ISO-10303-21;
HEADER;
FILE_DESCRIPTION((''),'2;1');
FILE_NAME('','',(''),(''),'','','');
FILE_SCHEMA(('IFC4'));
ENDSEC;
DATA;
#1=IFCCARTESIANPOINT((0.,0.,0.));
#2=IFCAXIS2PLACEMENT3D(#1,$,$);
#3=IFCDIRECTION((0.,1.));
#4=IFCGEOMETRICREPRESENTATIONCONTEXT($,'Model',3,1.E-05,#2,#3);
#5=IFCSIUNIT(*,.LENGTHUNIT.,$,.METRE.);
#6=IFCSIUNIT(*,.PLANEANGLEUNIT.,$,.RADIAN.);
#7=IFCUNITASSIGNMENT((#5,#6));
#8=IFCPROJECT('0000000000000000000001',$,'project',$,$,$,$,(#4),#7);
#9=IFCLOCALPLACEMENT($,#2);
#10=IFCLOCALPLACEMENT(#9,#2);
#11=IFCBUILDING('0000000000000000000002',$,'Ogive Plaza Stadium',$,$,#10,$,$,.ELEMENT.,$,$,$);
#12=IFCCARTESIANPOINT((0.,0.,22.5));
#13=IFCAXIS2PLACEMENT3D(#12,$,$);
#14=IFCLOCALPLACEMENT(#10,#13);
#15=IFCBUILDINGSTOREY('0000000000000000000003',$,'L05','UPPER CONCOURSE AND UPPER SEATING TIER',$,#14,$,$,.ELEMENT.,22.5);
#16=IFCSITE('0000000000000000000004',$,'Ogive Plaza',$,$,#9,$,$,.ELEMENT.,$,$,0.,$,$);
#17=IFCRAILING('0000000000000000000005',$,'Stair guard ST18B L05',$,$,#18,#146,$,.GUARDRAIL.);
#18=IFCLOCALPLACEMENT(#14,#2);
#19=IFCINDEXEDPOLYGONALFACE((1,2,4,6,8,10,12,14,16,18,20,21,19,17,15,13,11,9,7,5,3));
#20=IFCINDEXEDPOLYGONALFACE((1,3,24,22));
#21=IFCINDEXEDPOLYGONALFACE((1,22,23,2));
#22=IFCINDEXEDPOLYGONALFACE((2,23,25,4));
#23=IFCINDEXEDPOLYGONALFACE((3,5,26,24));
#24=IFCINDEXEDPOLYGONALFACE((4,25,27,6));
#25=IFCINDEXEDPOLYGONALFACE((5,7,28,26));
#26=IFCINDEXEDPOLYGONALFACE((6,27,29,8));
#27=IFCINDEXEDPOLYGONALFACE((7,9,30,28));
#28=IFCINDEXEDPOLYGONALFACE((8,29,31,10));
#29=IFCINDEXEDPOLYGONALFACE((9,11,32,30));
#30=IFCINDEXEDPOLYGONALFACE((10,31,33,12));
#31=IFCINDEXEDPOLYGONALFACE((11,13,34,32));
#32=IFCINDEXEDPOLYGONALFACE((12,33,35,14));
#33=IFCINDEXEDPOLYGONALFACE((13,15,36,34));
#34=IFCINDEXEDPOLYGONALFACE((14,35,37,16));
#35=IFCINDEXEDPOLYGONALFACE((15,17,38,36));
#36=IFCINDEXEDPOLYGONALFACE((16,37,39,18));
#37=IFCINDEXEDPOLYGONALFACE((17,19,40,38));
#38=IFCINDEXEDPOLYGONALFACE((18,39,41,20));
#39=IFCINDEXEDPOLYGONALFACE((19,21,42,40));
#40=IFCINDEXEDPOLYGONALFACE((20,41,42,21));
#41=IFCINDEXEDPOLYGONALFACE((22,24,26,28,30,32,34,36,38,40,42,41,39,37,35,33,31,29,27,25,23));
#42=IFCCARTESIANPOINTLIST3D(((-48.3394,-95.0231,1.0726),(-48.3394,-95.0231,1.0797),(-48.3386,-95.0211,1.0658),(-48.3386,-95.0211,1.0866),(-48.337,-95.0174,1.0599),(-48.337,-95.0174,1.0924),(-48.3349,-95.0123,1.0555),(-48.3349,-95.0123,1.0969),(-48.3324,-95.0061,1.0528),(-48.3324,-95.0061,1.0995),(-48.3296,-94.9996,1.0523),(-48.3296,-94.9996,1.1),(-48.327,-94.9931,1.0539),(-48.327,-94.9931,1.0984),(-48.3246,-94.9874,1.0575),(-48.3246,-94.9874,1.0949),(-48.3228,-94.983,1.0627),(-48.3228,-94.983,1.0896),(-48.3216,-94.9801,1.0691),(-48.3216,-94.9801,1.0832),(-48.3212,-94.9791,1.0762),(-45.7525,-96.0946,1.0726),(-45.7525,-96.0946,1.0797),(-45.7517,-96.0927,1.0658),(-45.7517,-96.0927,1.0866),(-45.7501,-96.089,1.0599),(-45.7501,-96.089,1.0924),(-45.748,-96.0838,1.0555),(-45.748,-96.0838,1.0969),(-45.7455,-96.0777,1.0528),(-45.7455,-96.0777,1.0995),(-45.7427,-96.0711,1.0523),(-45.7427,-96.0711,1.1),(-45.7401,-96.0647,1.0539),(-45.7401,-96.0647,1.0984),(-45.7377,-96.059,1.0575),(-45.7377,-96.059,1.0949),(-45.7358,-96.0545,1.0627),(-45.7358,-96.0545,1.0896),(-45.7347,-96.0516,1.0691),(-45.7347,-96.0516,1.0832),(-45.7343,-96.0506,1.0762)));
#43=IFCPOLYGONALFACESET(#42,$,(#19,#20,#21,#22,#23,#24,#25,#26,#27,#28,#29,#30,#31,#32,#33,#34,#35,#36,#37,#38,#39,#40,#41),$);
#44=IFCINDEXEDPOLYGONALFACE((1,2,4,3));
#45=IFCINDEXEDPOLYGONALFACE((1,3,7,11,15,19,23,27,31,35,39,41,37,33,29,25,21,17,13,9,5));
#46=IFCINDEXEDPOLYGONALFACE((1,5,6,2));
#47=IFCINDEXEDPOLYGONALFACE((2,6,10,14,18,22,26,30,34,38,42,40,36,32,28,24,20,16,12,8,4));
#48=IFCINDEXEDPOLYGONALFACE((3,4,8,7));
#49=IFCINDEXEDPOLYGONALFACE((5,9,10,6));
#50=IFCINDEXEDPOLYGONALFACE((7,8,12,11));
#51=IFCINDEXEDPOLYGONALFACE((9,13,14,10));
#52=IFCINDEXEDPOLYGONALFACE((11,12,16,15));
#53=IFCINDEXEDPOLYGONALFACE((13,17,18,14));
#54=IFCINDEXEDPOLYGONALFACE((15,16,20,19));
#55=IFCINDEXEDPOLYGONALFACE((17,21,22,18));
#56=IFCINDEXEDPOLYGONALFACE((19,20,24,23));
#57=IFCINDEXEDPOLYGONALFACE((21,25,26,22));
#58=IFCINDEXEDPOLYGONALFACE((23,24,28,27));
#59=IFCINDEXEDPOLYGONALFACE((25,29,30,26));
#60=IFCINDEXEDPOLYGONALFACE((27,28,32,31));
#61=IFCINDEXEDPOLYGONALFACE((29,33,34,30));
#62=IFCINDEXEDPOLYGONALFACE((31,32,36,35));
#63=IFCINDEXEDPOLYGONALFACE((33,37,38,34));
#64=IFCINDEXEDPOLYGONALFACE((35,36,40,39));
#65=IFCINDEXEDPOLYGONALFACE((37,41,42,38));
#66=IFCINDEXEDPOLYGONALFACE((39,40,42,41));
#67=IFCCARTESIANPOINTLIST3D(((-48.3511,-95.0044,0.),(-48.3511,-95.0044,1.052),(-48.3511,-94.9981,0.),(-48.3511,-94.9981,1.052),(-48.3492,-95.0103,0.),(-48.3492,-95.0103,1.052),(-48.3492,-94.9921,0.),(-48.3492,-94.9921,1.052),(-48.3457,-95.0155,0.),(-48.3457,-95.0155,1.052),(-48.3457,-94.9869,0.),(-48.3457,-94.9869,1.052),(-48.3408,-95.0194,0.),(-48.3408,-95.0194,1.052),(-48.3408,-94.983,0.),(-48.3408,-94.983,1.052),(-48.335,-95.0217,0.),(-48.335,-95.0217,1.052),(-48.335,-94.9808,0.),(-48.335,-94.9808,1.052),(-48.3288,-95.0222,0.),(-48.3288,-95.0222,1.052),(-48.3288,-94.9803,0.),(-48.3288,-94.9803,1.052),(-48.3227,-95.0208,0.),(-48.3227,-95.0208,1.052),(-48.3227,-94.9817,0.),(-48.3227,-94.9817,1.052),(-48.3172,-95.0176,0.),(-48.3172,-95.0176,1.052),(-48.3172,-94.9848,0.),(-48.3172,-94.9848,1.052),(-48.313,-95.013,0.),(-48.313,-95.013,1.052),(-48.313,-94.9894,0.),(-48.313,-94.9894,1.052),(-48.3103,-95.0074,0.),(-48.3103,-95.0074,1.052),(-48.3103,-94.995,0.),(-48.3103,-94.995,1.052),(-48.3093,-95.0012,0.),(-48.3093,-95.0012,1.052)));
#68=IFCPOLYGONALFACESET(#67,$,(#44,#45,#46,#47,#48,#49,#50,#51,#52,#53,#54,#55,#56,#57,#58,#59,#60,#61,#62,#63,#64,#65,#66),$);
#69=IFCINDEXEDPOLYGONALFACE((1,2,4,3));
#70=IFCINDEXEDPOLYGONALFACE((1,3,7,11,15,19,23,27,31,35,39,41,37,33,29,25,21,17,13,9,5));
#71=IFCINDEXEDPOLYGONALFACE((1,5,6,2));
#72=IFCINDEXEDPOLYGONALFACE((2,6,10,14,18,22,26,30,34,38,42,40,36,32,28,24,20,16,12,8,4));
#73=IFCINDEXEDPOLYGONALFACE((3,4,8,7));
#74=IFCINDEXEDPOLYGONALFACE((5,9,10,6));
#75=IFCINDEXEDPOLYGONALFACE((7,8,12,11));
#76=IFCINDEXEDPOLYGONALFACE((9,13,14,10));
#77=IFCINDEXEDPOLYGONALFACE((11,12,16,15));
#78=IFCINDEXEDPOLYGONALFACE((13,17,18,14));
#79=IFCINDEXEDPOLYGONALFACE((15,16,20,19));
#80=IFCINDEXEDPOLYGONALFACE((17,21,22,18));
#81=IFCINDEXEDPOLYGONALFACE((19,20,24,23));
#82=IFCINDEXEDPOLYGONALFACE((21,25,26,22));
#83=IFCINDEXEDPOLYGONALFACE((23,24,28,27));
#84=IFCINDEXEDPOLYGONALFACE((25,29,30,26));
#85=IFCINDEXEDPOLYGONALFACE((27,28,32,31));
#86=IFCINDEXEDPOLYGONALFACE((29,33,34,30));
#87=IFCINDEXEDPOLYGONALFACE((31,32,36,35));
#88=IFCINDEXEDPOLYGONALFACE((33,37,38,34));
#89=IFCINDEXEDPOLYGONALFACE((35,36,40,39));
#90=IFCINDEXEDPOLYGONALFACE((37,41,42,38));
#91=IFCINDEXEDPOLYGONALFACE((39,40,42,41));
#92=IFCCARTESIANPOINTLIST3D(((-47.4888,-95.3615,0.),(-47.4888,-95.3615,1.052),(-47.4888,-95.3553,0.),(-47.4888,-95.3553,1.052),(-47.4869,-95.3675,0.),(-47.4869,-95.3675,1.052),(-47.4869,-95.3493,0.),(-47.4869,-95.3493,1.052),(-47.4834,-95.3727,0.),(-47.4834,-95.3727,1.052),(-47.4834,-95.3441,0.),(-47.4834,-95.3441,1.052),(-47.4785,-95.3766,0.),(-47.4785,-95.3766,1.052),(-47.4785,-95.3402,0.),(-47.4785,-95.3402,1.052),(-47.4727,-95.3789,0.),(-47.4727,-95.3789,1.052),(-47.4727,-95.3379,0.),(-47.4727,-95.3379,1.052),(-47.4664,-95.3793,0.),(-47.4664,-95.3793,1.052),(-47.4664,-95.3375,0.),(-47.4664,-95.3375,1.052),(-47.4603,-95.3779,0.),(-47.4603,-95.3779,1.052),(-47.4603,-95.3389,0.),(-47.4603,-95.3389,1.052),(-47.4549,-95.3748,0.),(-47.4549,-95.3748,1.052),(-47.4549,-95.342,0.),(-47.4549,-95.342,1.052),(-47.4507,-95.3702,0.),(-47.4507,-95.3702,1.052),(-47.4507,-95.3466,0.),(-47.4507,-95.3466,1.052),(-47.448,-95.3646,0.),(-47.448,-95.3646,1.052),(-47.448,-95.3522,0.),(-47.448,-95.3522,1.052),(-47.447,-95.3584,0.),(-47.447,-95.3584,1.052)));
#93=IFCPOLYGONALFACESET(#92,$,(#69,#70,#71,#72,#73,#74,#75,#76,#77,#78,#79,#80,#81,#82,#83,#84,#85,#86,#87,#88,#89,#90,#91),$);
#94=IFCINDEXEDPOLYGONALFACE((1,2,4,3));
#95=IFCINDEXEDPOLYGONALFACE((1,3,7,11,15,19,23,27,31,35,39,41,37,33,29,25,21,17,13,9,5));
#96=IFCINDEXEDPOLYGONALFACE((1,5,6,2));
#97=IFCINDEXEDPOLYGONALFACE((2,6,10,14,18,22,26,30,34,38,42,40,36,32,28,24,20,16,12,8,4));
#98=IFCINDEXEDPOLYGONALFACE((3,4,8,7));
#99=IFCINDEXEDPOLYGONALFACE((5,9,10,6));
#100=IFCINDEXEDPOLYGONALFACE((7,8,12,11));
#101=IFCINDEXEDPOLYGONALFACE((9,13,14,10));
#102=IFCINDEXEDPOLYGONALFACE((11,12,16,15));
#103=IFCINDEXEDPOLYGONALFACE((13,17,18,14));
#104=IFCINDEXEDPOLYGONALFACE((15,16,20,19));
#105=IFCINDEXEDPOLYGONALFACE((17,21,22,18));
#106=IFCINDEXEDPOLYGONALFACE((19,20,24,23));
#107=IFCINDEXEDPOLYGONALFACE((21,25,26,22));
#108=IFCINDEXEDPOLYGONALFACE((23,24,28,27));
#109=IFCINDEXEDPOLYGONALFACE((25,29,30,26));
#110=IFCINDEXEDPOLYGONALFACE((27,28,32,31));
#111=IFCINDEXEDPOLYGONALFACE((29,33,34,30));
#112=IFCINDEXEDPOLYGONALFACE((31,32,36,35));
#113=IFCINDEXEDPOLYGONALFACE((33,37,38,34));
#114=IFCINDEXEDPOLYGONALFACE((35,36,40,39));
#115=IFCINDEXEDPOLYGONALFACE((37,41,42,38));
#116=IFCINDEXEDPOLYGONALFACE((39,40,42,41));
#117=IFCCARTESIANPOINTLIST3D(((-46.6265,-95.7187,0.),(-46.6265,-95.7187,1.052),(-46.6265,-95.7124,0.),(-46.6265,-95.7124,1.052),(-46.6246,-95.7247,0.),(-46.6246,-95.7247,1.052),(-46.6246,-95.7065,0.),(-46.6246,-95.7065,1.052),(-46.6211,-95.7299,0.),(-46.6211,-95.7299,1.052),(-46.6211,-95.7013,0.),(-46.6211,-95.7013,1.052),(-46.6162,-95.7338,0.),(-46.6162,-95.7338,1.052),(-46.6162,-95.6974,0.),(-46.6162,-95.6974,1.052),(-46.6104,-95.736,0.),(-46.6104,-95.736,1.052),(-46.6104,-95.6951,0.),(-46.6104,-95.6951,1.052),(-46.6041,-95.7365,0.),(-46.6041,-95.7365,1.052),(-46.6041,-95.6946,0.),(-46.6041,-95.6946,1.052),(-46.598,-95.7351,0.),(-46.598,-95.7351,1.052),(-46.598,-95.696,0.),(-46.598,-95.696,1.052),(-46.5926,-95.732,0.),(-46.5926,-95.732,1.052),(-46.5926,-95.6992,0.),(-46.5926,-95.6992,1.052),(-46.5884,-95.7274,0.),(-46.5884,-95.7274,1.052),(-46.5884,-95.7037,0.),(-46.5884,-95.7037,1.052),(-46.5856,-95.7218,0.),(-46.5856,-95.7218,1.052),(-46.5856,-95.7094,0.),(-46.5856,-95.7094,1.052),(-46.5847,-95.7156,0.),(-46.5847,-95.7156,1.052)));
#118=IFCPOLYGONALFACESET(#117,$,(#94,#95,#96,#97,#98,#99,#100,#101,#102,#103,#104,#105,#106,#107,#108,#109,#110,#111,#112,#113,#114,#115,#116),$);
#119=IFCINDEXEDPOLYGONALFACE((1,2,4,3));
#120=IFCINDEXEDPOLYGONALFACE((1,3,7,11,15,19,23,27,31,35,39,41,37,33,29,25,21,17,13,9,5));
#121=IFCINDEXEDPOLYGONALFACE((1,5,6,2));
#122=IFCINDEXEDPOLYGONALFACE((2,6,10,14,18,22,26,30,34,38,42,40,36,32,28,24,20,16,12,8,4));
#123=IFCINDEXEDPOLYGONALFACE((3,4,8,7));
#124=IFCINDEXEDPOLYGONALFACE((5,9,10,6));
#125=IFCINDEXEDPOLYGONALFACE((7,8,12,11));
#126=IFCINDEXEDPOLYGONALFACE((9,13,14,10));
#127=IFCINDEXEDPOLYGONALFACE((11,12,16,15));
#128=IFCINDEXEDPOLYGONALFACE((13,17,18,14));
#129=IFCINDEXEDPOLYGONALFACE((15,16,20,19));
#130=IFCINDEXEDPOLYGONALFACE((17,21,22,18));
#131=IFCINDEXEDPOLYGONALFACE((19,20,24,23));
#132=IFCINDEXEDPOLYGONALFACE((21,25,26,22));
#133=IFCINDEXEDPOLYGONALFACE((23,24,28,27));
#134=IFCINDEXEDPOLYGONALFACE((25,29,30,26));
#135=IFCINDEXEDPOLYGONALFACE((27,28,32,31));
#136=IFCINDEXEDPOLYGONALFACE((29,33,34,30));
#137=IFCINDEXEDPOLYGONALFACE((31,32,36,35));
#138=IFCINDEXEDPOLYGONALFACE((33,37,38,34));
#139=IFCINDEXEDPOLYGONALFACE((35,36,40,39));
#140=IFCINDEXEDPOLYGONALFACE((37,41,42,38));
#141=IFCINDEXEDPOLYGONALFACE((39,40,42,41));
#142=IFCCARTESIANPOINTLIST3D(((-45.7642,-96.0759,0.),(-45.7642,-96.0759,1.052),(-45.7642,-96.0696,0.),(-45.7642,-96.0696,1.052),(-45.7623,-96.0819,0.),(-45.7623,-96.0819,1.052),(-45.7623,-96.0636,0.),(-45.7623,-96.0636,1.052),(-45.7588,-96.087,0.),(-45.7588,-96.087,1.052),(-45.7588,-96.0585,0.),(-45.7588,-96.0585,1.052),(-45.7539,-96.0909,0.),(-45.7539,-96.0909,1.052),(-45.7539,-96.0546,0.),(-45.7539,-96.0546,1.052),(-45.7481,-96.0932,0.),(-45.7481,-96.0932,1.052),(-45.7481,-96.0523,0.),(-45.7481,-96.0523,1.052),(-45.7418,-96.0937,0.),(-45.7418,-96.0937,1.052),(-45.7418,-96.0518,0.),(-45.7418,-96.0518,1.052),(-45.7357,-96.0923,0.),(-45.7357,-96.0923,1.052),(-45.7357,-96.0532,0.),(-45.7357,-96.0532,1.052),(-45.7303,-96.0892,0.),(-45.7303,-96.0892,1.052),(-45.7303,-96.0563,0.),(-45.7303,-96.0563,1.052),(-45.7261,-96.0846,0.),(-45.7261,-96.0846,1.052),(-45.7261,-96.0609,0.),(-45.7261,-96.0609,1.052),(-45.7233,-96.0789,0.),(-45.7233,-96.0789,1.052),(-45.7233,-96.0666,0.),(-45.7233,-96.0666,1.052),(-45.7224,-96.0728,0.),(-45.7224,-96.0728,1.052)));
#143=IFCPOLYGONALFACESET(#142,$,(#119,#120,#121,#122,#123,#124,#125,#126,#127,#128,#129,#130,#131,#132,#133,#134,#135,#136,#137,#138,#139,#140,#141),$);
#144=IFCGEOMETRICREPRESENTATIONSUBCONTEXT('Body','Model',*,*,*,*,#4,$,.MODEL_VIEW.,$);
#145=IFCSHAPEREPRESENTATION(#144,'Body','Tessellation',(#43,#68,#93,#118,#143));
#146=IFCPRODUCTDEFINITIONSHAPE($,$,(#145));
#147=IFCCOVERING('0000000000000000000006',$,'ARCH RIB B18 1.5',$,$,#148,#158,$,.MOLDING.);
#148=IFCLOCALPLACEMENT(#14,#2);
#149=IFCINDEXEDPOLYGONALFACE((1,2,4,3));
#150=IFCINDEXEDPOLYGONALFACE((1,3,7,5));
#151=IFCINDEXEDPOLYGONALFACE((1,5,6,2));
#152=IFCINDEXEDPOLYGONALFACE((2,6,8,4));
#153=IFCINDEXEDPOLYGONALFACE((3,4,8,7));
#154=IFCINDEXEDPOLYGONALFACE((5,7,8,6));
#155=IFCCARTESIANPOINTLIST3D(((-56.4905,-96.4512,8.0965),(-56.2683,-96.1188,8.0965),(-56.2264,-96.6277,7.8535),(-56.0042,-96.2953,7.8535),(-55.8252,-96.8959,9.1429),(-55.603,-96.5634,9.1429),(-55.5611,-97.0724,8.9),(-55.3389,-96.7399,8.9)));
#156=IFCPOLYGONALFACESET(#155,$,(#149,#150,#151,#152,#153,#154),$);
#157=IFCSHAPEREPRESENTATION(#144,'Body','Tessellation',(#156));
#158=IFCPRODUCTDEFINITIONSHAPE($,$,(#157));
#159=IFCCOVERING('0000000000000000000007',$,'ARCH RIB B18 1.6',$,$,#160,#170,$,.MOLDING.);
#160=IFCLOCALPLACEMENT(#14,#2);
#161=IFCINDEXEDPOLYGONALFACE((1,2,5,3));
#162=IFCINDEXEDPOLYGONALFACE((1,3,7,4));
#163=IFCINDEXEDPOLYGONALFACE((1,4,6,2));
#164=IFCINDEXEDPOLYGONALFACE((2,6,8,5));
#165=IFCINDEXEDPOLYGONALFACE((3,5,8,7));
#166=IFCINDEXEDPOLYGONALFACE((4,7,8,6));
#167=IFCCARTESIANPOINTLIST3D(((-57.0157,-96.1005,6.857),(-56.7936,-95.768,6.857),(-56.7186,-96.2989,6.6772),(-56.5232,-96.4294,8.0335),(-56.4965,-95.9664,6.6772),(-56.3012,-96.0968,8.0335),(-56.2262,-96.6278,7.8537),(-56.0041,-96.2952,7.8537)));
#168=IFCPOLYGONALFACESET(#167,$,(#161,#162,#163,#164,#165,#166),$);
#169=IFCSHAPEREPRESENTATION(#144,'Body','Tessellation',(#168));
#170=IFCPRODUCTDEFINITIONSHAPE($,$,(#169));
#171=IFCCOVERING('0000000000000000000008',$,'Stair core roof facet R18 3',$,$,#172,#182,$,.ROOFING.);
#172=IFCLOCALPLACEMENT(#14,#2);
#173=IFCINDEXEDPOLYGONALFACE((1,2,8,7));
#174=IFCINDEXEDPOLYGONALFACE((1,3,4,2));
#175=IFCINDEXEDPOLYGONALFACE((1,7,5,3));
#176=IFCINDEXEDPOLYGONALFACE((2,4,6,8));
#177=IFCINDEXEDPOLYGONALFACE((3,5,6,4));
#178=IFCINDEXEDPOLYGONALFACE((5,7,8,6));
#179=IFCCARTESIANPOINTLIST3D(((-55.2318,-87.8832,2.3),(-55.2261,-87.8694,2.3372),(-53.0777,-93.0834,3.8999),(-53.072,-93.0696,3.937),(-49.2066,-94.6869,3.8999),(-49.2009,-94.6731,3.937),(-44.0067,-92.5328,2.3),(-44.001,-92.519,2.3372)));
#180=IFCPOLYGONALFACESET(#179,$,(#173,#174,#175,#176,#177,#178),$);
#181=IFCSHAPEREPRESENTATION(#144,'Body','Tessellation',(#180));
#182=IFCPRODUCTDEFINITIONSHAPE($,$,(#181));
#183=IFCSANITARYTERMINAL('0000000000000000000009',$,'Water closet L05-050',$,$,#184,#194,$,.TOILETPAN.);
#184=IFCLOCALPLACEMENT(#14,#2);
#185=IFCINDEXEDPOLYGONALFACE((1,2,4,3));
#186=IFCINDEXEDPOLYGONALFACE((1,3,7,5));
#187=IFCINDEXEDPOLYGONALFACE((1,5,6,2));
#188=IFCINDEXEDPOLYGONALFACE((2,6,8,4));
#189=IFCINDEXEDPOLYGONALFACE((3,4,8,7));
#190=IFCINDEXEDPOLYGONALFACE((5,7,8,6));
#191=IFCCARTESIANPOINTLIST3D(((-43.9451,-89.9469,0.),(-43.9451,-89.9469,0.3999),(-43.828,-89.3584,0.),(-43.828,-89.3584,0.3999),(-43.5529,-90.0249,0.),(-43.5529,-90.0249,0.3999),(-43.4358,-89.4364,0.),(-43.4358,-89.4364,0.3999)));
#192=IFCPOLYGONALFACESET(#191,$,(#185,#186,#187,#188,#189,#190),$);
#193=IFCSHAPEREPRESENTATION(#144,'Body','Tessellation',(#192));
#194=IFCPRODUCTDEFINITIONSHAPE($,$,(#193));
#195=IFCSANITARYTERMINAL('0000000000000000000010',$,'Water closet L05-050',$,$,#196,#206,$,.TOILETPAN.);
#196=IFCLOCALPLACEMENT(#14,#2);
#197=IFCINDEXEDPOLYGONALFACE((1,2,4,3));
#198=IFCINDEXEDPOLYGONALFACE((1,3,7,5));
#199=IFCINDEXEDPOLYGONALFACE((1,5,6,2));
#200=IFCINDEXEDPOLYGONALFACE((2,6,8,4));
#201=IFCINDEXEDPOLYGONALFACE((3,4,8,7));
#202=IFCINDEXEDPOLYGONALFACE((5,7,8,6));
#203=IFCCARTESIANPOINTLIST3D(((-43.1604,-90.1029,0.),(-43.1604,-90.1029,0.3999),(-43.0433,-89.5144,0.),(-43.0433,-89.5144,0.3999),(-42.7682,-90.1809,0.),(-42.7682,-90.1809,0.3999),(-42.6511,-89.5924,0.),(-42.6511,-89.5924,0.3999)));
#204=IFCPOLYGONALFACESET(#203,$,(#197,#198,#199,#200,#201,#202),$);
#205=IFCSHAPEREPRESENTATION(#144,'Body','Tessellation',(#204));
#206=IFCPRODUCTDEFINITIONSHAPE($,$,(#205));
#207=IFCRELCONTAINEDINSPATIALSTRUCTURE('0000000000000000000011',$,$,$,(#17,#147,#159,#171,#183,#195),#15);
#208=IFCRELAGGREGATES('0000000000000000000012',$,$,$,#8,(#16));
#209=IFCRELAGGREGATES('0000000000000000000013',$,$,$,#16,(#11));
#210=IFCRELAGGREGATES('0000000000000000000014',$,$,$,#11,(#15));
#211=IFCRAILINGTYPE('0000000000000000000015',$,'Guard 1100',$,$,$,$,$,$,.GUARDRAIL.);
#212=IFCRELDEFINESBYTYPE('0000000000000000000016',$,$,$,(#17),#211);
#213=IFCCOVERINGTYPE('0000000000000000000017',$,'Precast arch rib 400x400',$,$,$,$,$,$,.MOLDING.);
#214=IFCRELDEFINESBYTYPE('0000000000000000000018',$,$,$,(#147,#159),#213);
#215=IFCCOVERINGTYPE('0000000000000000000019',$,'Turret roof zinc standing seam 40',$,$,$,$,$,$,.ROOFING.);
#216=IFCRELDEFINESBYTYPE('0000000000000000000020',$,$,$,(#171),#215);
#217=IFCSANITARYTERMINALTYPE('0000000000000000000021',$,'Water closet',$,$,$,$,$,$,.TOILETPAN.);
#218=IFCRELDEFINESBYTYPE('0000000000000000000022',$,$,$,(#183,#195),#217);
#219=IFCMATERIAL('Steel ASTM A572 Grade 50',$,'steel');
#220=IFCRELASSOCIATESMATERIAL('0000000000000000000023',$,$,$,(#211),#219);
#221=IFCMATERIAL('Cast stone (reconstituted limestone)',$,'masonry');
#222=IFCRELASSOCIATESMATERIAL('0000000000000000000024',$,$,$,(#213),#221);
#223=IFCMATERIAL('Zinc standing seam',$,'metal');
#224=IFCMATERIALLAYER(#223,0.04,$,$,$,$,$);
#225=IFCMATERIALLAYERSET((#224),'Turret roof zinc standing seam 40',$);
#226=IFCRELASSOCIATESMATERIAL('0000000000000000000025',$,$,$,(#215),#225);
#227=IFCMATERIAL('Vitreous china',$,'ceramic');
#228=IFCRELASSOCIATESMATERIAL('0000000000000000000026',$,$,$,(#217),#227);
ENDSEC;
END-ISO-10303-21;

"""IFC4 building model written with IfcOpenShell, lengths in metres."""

from ifc_helpers import new_model, si_unit, direction, frame, origin, origin_2d, place, context, subcontext, project, spatial, polyline, rectangle, circle, outline, extrude, material, layer, layer_set, material_profile, profile_set, type_object, element, save


model = new_model("IFC4")

# Units and contexts
model_context = context("Model", 3, precision=1e-05, world=origin(), true_north=direction((0.0, 1.0)))
body_context = subcontext(model_context, "Body", "Model", "MODEL_VIEW")
ifc_project = project(units=[si_unit("LENGTHUNIT", "METRE"), si_unit("PLANEANGLEUNIT", "RADIAN")], contexts=[model_context])

# Site, building, storey
site_placement = place(None, origin())
site = spatial("IfcSite", under=ifc_project, at=site_placement, Name="Ogive Plaza", CompositionType="ELEMENT", RefElevation=0.0)
building_placement = place(site_placement, origin())
building = spatial("IfcBuilding", under=site, at=building_placement, Name="Ogive Plaza Stadium", CompositionType="ELEMENT")
storey_placement = place(building_placement, frame((0.0, 0.0, 22.5)))
storey = spatial("IfcBuildingStorey", under=building, at=storey_placement, Name="L05", Description="UPPER CONCOURSE AND UPPER SEATING TIER", CompositionType="ELEMENT", Elevation=22.5)

# Railing
ifc_material_1 = material(Name="Steel ASTM A572 Grade 50", Category="steel")
railing_type = type_object("IfcRailingType", Name="Guard 1100", PredefinedType="GUARDRAIL", material=ifc_material_1)
railing_placement = place(storey_placement, frame((-48.3303, -95.0012, 0.0)))
element("IfcRailing", 1, at=railing_placement, inside=storey, type_object=railing_type, Name="Stair guard ST18B L05", PredefinedType="GUARDRAIL", context=body_context, shape_type="SweptSolid", body=[
    extrude(circle(Radius=0.0239, at=origin_2d()), frame((0.0, 0.0, 1.0762), z_axis=(0.92388, -0.382683, 0.0), x_axis=(0.382683, 0.92388, 0.0)), (0.0, 0.0, 1.0), 2.8),
    extrude(circle(Radius=0.021, at=origin_2d()), origin(), (0.0, 0.0, 1.0), 1.052),
    extrude(circle(Radius=0.021, at=origin_2d()), frame((0.8623, -0.3572, 0.0)), (0.0, 0.0, 1.0), 1.052),
    extrude(circle(Radius=0.021, at=origin_2d()), frame((1.7246, -0.7144, 0.0)), (0.0, 0.0, 1.0), 1.052),
    extrude(circle(Radius=0.021, at=origin_2d()), frame((2.5869, -1.0715, 0.0)), (0.0, 0.0, 1.0), 1.052),
])

# Coverings
ifc_material_2 = material(Name="Cast stone (reconstituted limestone)", Category="masonry")
ifc_material_profile_1 = material_profile(ifc_material_2, rectangle(XDim=0.3999, YDim=0.3999, at=origin_2d()), Name="Cast stone 400x400")
ifc_profile_set_1 = profile_set([ifc_material_profile_1], Name="Cast stone (reconstituted limestone)")
covering_type_1 = type_object("IfcCoveringType", Name="Precast arch rib 400x400", PredefinedType="MOLDING", material=ifc_profile_set_1)
covering_1_placement = place(storey_placement, frame((-55.582, -96.8179, 9.0215), z_axis=(-0.50505, 0.337503, -0.794365), x_axis=(-0.555615, -0.83144, 0.0)))
element("IfcCovering", 2, at=covering_1_placement, inside=storey, type_object=covering_type_1, Name="ARCH RIB B18 1.5", PredefinedType="MOLDING", context=body_context, shape_type="SweptSolid", body=[
    extrude(rectangle(XDim=0.3999, YDim=0.3999, at=origin_2d()), origin(), (0.0, 0.0, 1.0), 1.3174),
])
covering_2_placement = place(storey_placement, frame((-56.2637, -96.3623, 7.9436), z_axis=(-0.373868, 0.249678, -0.893243), x_axis=(-0.555366, -0.831606, 0.0)))
element("IfcCovering", 3, at=covering_2_placement, inside=storey, type_object=covering_type_1, Name="ARCH RIB B18 1.6", PredefinedType="MOLDING", context=body_context, shape_type="SweptSolid", body=[
    extrude(rectangle(XDim=0.3999, YDim=0.3999, at=origin_2d()), origin(), (0.0, 0.0, 1.0), 1.3171),
])
ifc_material_3 = material(Name="Zinc standing seam", Category="metal")
ifc_layer_1 = layer(ifc_material_3, 0.04)
ifc_layer_set_1 = layer_set([ifc_layer_1], Name="Turret roof zinc standing seam 40")
covering_type_2 = type_object("IfcCoveringType", Name="Turret roof zinc standing seam 40", PredefinedType="ROOFING", material=ifc_layer_set_1)
covering_3_placement = place(storey_placement, frame((-44.001, -92.519, 2.3372), z_axis=(0.14273, 0.344575, 0.927845), x_axis=(-0.923877, 0.382689, 0.000001)))
element("IfcCovering", 4, at=covering_3_placement, inside=storey, type_object=covering_type_2, Name="Stair core roof facet R18 3", PredefinedType="ROOFING", context=body_context, shape_type="SweptSolid", body=[
    extrude(outline(polyline([(0.0, 0.0), (12.15, 0.0), (8.1698, 4.2895), (3.9798, 4.2896), (0.0, 0.0)])), origin(), (0.0, 0.0, -1.0), 0.04),
])

# Sanitary terminals
ifc_material_4 = material(Name="Vitreous china", Category="ceramic")
sanitary_terminal_type = type_object("IfcSanitaryTerminalType", Name="Water closet", PredefinedType="TOILETPAN", material=ifc_material_4)
for number, where, z_axis, x_axis, name in (
    (5, (-43.6904, -89.6917, 0.0), (0.0, 0.0, 1.0), (0.980785, -0.19509, 0.0), "Water closet L05-050"),
    (6, (-42.9058, -89.8477, 0.0), (0.0, 0.0, 1.0), (0.980785, -0.19509, 0.0), "Water closet L05-050"),
):
    element("IfcSanitaryTerminal", number, at=place(storey_placement, frame(where, z_axis=z_axis, x_axis=x_axis)), inside=storey, type_object=sanitary_terminal_type, Name=name, PredefinedType="TOILETPAN", context=body_context, shape_type="SweptSolid", body=[
        extrude(rectangle(XDim=0.3999, YDim=0.6001, at=origin_2d()), origin(), (0.0, 0.0, 1.0), 0.3999),
    ])

save(model, "model.ifc")
